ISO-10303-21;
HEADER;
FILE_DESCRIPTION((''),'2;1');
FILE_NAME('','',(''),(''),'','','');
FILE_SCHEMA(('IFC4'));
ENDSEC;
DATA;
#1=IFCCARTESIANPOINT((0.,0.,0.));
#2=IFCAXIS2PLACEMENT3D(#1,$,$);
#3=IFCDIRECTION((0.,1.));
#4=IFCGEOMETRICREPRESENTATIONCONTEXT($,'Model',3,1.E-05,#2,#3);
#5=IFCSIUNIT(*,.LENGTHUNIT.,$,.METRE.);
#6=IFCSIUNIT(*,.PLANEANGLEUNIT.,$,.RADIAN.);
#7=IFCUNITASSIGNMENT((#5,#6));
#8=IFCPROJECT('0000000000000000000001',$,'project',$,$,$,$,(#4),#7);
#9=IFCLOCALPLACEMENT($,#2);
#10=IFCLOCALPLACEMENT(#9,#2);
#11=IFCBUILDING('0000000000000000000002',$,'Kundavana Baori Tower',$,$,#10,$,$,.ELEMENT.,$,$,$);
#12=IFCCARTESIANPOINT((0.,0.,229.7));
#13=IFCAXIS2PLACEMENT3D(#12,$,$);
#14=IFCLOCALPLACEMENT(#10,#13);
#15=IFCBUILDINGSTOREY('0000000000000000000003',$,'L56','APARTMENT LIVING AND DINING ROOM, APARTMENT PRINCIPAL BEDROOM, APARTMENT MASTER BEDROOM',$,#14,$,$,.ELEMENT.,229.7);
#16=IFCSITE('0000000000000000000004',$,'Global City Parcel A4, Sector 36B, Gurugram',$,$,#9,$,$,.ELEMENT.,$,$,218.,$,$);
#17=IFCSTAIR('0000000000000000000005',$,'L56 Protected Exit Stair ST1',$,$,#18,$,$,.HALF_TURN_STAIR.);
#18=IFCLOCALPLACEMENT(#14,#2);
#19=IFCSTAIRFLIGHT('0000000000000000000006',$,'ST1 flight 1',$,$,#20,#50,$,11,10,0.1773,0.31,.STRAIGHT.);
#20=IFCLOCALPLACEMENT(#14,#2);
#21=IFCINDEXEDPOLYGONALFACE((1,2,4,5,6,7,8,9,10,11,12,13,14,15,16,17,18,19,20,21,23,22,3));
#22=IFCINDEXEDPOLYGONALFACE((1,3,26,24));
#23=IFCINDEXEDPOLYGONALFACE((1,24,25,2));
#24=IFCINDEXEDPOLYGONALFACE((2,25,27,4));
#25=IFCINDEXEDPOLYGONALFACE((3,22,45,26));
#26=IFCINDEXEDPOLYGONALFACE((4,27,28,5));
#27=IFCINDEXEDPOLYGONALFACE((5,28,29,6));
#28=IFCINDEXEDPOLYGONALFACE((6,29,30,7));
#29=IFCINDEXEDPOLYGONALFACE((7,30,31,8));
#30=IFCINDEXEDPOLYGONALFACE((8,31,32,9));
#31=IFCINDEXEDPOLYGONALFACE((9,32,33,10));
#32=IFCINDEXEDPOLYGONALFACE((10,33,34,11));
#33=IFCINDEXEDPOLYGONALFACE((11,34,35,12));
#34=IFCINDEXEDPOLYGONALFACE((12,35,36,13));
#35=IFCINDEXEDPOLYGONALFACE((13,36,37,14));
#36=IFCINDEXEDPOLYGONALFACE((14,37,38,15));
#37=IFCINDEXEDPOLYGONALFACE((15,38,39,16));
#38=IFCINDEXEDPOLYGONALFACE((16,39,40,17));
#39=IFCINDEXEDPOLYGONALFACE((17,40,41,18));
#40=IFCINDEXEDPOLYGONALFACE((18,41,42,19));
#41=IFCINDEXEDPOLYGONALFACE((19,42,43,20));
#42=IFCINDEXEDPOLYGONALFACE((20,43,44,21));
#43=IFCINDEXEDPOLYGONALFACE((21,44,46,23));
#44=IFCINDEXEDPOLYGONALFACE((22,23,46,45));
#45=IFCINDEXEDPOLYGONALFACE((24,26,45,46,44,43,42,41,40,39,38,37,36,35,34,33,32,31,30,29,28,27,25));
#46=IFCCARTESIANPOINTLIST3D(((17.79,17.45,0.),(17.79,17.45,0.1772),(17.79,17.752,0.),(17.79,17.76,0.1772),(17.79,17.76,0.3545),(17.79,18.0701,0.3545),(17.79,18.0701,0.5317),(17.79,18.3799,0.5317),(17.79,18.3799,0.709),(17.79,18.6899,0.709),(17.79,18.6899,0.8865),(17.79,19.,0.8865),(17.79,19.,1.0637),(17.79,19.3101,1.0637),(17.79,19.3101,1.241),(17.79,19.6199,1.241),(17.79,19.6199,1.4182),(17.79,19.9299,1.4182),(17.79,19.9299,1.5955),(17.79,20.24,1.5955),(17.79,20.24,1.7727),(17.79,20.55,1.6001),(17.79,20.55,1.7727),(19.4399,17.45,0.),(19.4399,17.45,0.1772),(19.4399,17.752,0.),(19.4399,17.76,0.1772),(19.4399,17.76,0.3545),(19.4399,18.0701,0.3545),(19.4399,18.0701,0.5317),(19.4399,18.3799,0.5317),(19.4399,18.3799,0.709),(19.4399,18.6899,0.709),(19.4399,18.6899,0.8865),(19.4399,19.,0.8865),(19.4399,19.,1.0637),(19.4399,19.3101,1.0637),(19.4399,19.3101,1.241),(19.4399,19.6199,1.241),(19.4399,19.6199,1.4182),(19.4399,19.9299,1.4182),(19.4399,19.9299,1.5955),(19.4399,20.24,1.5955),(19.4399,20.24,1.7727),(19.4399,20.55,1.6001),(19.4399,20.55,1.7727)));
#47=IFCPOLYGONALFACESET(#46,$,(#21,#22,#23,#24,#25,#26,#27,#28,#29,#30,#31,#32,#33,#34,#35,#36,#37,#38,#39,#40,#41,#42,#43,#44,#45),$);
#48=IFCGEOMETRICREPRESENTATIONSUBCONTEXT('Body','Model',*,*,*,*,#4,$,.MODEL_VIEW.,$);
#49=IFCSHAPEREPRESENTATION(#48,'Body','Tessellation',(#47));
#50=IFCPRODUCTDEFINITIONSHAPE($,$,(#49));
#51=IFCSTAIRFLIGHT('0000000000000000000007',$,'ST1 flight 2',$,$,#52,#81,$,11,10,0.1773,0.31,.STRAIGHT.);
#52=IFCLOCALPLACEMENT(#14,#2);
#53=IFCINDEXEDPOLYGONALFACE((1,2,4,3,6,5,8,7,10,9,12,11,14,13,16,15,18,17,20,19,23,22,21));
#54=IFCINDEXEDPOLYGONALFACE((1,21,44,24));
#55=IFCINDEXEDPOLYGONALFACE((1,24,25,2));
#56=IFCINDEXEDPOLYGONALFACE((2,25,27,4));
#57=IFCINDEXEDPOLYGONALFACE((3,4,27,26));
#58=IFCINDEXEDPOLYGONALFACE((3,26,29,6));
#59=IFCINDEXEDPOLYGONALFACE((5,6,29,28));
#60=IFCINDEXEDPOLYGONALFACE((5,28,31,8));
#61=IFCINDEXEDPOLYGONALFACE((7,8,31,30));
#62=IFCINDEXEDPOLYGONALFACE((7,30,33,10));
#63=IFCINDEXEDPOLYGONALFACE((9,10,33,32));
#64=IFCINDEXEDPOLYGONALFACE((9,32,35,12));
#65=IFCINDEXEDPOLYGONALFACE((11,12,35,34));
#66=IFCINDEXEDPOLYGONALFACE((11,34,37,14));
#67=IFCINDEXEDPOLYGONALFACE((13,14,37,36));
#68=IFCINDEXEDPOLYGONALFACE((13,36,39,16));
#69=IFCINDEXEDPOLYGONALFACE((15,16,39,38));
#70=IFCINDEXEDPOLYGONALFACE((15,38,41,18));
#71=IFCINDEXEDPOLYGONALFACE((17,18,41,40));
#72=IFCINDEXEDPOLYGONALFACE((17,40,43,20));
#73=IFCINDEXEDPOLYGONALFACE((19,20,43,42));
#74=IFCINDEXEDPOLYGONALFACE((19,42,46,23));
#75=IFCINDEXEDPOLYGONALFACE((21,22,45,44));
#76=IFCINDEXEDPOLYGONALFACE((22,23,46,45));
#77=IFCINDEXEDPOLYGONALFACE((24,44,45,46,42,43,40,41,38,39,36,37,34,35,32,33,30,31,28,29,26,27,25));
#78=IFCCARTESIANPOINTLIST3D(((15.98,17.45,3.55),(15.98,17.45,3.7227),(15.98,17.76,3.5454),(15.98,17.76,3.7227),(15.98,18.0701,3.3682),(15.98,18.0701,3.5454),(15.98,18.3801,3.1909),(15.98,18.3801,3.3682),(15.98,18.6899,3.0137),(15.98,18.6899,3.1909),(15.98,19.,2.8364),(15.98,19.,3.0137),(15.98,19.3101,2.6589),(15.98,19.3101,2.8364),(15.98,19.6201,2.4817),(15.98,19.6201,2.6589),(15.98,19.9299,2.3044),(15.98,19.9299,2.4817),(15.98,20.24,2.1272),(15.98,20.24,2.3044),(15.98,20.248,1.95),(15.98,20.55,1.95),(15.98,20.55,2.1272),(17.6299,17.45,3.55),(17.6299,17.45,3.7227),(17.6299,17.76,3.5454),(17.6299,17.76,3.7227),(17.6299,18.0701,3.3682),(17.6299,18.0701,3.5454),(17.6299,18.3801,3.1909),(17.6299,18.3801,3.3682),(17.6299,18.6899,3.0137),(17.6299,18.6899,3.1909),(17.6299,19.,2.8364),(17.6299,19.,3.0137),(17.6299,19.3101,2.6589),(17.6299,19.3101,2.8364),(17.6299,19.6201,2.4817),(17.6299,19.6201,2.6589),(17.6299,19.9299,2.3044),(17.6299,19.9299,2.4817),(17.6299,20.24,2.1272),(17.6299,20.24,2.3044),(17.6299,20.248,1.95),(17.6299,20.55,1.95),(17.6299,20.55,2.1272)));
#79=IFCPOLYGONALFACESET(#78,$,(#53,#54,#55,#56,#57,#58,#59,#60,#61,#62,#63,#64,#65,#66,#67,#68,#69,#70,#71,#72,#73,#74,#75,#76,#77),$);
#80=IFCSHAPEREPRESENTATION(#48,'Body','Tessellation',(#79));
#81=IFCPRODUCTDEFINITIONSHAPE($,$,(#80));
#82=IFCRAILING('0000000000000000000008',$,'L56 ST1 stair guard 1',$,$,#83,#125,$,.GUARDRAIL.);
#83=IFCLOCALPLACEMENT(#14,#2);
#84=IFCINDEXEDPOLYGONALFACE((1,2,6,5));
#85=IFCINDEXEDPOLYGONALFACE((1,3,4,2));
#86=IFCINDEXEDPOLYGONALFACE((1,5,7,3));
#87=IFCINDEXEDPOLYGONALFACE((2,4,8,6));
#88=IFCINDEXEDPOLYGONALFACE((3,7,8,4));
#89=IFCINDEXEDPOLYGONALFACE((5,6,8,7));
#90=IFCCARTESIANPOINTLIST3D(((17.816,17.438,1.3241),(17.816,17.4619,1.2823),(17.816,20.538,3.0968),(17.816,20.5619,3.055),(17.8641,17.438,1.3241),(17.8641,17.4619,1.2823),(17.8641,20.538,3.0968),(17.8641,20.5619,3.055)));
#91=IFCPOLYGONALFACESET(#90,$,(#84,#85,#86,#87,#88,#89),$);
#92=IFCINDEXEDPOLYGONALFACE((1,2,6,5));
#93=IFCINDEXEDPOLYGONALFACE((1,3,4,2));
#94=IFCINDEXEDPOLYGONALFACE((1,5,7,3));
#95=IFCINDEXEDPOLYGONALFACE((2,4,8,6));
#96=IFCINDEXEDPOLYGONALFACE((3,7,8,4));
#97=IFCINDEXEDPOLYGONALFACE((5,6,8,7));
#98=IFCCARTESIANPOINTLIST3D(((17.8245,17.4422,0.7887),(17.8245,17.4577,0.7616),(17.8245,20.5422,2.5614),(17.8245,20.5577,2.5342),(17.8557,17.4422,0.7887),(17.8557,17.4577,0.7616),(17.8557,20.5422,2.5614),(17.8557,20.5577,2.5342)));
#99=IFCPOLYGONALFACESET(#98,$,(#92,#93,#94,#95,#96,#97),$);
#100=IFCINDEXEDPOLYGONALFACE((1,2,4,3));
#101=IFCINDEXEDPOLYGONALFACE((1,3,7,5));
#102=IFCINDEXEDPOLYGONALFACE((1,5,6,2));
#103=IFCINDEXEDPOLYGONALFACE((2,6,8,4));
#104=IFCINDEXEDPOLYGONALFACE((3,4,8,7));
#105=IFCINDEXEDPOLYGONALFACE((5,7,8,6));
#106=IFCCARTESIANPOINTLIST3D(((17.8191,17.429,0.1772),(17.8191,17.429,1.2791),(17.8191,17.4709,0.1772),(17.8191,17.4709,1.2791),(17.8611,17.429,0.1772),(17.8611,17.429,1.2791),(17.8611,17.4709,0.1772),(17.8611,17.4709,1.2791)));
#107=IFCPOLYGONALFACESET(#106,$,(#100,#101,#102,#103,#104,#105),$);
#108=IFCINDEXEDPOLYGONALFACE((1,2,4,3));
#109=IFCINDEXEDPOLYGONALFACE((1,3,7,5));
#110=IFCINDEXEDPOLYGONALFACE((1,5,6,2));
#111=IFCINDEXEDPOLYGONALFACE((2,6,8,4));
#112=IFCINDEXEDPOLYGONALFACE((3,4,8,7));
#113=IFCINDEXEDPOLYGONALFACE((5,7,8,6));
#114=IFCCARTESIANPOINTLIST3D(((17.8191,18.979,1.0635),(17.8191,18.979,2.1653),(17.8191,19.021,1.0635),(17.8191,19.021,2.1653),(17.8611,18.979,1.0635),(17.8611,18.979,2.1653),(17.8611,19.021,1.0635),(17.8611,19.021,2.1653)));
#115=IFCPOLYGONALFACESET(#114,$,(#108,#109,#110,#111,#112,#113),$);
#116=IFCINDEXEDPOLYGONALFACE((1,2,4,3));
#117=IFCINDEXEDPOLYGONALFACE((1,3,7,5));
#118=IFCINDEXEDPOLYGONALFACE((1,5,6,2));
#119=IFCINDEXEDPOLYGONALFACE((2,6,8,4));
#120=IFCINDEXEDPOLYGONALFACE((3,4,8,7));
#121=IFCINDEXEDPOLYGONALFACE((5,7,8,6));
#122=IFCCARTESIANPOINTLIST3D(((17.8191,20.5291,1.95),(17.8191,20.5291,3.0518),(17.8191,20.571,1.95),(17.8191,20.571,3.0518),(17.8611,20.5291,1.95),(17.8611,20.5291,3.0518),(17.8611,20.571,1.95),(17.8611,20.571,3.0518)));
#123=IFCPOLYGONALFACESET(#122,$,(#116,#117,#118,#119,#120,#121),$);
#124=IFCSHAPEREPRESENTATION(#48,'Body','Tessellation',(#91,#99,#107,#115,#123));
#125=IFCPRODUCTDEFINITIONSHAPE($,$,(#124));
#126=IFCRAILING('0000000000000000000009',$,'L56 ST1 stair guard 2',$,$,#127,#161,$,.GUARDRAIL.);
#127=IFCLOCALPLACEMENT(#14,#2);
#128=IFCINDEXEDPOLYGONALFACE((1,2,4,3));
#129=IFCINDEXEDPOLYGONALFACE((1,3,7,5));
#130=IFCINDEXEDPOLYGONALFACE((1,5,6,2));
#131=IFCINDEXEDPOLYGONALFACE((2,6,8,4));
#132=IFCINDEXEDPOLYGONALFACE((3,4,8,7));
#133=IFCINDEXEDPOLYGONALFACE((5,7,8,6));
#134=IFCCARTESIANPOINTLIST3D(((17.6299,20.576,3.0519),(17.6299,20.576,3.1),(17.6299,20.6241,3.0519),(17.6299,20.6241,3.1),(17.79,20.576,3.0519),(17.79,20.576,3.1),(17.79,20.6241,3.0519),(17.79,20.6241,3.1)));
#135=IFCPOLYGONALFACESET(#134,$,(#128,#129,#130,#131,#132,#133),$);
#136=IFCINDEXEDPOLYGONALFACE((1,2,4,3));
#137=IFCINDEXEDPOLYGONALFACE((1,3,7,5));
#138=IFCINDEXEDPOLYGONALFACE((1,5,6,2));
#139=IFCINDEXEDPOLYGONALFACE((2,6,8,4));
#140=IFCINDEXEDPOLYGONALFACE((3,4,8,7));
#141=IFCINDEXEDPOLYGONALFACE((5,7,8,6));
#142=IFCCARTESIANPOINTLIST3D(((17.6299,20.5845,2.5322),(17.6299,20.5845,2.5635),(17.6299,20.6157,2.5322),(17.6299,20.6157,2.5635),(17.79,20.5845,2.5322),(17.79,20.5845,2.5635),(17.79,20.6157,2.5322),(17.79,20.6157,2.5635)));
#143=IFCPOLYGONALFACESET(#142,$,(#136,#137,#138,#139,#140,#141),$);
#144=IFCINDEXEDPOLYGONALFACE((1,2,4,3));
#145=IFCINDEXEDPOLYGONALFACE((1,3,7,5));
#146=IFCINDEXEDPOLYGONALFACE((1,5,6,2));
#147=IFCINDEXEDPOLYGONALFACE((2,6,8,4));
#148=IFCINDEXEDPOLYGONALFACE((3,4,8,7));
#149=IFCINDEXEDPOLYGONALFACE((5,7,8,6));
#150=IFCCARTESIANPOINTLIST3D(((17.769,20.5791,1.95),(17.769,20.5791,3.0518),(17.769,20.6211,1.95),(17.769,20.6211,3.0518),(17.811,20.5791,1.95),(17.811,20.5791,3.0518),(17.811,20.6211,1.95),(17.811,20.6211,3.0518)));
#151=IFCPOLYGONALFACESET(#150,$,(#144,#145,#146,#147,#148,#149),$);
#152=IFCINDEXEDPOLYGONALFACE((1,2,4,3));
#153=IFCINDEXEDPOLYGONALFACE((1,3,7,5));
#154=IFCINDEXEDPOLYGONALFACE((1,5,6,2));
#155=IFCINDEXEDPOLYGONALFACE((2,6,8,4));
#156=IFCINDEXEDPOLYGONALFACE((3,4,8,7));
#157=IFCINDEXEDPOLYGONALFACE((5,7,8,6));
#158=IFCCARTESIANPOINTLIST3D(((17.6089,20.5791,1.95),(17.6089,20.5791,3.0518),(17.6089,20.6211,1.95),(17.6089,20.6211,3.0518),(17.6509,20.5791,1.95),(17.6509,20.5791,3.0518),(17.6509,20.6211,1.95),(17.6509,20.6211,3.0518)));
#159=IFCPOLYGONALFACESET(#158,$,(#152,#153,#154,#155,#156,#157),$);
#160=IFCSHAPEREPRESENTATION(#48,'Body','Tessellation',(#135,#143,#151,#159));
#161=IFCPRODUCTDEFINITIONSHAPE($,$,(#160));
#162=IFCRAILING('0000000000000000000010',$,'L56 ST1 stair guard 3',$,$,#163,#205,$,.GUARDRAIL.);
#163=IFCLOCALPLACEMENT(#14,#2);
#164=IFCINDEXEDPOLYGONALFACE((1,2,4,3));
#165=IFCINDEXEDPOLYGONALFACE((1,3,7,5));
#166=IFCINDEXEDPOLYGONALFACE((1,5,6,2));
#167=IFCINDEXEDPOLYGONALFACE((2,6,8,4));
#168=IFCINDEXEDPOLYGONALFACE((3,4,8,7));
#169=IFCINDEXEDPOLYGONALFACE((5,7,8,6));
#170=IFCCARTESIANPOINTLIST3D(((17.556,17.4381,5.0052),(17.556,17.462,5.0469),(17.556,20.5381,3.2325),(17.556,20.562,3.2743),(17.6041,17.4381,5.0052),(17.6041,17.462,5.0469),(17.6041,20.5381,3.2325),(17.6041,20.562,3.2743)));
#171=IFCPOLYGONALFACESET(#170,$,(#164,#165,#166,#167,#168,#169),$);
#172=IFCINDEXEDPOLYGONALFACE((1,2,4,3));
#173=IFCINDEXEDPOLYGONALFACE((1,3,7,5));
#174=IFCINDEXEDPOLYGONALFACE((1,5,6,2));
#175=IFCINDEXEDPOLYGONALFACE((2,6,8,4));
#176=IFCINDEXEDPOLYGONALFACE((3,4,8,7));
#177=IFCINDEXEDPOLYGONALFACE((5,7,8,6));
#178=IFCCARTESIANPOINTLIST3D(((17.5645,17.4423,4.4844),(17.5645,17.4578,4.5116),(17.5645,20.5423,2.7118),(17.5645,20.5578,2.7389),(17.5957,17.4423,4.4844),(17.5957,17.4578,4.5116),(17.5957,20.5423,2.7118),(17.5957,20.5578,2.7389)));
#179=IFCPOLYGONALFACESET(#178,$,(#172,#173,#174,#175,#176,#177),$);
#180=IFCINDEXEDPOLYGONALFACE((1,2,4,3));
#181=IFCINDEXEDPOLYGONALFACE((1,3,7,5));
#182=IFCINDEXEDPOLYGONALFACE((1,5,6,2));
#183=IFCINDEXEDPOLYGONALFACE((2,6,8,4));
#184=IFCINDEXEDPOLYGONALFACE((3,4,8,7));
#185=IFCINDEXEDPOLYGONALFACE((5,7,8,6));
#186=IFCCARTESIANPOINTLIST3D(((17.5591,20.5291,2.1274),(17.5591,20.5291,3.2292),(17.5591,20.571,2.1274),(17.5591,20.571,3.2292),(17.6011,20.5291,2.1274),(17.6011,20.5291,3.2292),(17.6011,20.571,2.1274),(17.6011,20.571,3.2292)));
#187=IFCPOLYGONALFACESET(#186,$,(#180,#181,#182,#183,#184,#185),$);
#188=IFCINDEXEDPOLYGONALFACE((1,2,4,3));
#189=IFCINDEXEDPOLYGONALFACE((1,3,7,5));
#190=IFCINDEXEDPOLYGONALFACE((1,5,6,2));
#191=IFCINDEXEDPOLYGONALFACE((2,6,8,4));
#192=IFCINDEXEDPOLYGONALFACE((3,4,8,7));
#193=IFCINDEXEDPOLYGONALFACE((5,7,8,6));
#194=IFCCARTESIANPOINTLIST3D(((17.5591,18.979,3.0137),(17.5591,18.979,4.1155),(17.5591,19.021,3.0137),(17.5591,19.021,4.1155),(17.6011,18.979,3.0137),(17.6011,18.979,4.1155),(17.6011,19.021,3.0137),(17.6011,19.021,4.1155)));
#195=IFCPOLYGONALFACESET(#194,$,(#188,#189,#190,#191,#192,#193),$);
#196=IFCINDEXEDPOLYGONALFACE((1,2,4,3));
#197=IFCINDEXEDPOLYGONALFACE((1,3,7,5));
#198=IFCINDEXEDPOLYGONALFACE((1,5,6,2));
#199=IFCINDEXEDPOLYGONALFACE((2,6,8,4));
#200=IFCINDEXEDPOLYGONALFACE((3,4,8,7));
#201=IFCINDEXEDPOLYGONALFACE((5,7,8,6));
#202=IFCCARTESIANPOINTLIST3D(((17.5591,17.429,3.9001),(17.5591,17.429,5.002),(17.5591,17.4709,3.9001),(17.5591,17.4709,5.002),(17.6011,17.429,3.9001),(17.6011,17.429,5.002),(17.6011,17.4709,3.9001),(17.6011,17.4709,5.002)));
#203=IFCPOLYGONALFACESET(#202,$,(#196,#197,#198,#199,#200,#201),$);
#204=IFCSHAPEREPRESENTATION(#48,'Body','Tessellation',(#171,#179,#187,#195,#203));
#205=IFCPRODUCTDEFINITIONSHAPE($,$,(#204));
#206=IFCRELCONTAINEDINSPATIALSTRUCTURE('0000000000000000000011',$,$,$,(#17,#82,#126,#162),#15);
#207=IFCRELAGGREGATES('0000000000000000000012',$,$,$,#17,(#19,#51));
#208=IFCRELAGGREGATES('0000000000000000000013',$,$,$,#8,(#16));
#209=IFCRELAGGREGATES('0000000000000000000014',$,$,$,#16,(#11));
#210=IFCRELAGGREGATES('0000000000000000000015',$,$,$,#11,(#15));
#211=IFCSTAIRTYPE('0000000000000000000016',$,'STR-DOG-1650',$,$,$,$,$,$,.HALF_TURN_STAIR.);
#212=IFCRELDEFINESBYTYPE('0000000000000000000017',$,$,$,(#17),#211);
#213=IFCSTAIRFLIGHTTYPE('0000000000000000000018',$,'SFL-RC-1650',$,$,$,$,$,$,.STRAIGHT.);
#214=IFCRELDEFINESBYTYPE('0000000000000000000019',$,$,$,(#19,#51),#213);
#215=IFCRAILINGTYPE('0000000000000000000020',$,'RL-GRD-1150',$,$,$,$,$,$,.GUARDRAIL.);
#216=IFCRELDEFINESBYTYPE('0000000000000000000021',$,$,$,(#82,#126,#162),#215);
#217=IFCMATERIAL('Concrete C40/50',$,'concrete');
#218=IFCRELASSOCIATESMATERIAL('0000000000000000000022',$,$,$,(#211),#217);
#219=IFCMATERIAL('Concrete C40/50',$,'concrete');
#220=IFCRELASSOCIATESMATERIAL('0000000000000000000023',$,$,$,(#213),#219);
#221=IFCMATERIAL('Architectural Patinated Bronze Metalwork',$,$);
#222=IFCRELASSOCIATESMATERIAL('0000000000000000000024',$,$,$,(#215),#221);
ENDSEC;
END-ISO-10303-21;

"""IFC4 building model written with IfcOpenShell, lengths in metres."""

from ifc_helpers import new_model, si_unit, direction, frame, origin, origin_2d, place, context, subcontext, project, spatial, polyline, rectangle, outline, extrude, material, type_object, element, aggregate, save


model = new_model("IFC4")

# Units and contexts
model_context = context("Model", 3, precision=1e-05, world=origin(), true_north=direction((0.0, 1.0)))
body_context = subcontext(model_context, "Body", "Model", "MODEL_VIEW")
ifc_project = project(units=[si_unit("LENGTHUNIT", "METRE"), si_unit("PLANEANGLEUNIT", "RADIAN")], contexts=[model_context])

# Site, building, storey
site_placement = place(None, origin())
site = spatial("IfcSite", under=ifc_project, at=site_placement, Name="Global City Parcel A4, Sector 36B, Gurugram", CompositionType="ELEMENT", RefElevation=218.0)
building_placement = place(site_placement, origin())
building = spatial("IfcBuilding", under=site, at=building_placement, Name="Kundavana Baori Tower", CompositionType="ELEMENT")
storey_placement = place(building_placement, frame((0.0, 0.0, 229.7)))
storey = spatial("IfcBuildingStorey", under=building, at=storey_placement, Name="L56", Description="APARTMENT LIVING AND DINING ROOM, APARTMENT PRINCIPAL BEDROOM, APARTMENT MASTER BEDROOM", CompositionType="ELEMENT", Elevation=229.7)

# Stair, stair flights
ifc_material_1 = material(Name="Concrete C40/50", Category="concrete")
stair_type = type_object("IfcStairType", Name="STR-DOG-1650", PredefinedType="HALF_TURN_STAIR", material=ifc_material_1)
stair_placement = place(storey_placement, origin())
stair = element("IfcStair", 1, at=stair_placement, inside=storey, type_object=stair_type, Name="L56 Protected Exit Stair ST1", PredefinedType="HALF_TURN_STAIR")
ifc_material_2 = material(Name="Concrete C40/50", Category="concrete")
stair_flight_type = type_object("IfcStairFlightType", Name="SFL-RC-1650", PredefinedType="STRAIGHT", material=ifc_material_2)
stair_flight_1_placement = place(storey_placement, frame((18.615, 17.45, 0.0), z_axis=(0.0, 0.0, 1.0), x_axis=(0.0, 1.0, 0.0)))
stair_flight_1 = element("IfcStairFlight", 2, at=stair_flight_1_placement, type_object=stair_flight_type, Name="ST1 flight 1", NumberOfRisers=11, NumberOfTreads=10, PredefinedType="STRAIGHT", RiserHeight=0.1773, TreadLength=0.31, context=body_context, shape_type="SweptSolid", body=[
    extrude(outline(polyline([(0.0, 0.0), (0.0, 0.1772), (0.3101, 0.1772), (0.3101, 0.3545), (0.6201, 0.3545), (0.6201, 0.5317), (0.9299, 0.5317), (0.9299, 0.709), (1.24, 0.709), (1.24, 0.8865), (1.55, 0.8865), (1.55, 1.0637), (1.8601, 1.0637), (1.8601, 1.241), (2.1699, 1.241), (2.1699, 1.4182), (2.48, 1.4182), (2.48, 1.5955), (2.79, 1.5955), (2.79, 1.7727), (3.1001, 1.7727), (3.1001, 1.95), (3.1001, 1.6001), (0.302, 0.0), (0.0, 0.0)])), frame((0.0, 0.825, 0.0), z_axis=(0.0, -1.0, 0.0), x_axis=(1.0, 0.0, 0.0)), (0.0, 0.0, 1.0), 1.6499),
])
stair_flight_2_placement = place(storey_placement, frame((16.8049, 20.55, 1.95), z_axis=(0.0, 0.0, 1.0), x_axis=(0.0, -1.0, 0.0)))
stair_flight_2 = element("IfcStairFlight", 3, at=stair_flight_2_placement, type_object=stair_flight_type, Name="ST1 flight 2", NumberOfRisers=11, NumberOfTreads=10, PredefinedType="STRAIGHT", RiserHeight=0.1773, TreadLength=0.31, context=body_context, shape_type="SweptSolid", body=[
    extrude(outline(polyline([(0.0, 0.0), (0.0, 0.1772), (0.3101, 0.1772), (0.3101, 0.3545), (0.6201, 0.3545), (0.6201, 0.5317), (0.9299, 0.5317), (0.9299, 0.709), (1.24, 0.709), (1.24, 0.8865), (1.55, 0.8865), (1.55, 1.0637), (1.8601, 1.0637), (1.8601, 1.241), (2.1699, 1.241), (2.1699, 1.4182), (2.48, 1.4182), (2.48, 1.5955), (2.79, 1.5955), (2.79, 1.7727), (3.1001, 1.7727), (3.1001, 1.95), (3.1001, 1.6001), (0.302, 0.0), (0.0, 0.0)])), frame((0.0, 0.825, 0.0), z_axis=(0.0, -1.0, 0.0), x_axis=(1.0, 0.0, 0.0)), (0.0, 0.0, 1.0), 1.6499),
])
aggregate(stair, [stair_flight_1, stair_flight_2])

# Railings
ifc_material_3 = material(Name="Architectural Patinated Bronze Metalwork")
railing_type_1 = type_object("IfcRailingType", Name="RL-GRD-1150", PredefinedType="GUARDRAIL", material=ifc_material_3)
railing_1_placement = place(storey_placement, frame((17.8401, 17.45, 0.1772)))
element("IfcRailing", 4, at=railing_1_placement, inside=storey, type_object=railing_type_1, Name="L56 ST1 stair guard 1", PredefinedType="GUARDRAIL", context=body_context, shape_type="SweptSolid", body=[
    extrude(rectangle(XDim=0.0481, YDim=0.0481, at=origin_2d()), frame((0.0, 0.0, 1.126), z_axis=(0.0, 0.868096, 0.496397), x_axis=(-1.0, 0.0, 0.0)), (0.0, 0.0, 1.0), 3.571),
    extrude(rectangle(XDim=0.0312, YDim=0.0312, at=origin_2d()), frame((0.0, 0.0, 0.5979), z_axis=(0.0, 0.868096, 0.496397), x_axis=(-1.0, 0.0, 0.0)), (0.0, 0.0, 1.0), 3.571),
    extrude(rectangle(XDim=0.042, YDim=0.042, at=origin_2d()), origin(), (0.0, 0.0, 1.0), 1.1018),
    extrude(rectangle(XDim=0.042, YDim=0.042, at=origin_2d()), frame((0.0, 1.55, 0.8862)), (0.0, 0.0, 1.0), 1.1018),
    extrude(rectangle(XDim=0.042, YDim=0.042, at=origin_2d()), frame((0.0, 3.1001, 1.7727)), (0.0, 0.0, 1.0), 1.1018),
])
railing_2_placement = place(storey_placement, frame((17.79, 20.6001, 1.95)))
element("IfcRailing", 5, at=railing_2_placement, inside=storey, type_object=railing_type_1, Name="L56 ST1 stair guard 2", PredefinedType="GUARDRAIL", context=body_context, shape_type="SweptSolid", body=[
    extrude(rectangle(XDim=0.0481, YDim=0.0481, at=origin_2d()), frame((0.0, 0.0, 1.126), z_axis=(-1.0, 0.0, 0.0), x_axis=(0.0, -1.0, 0.0)), (0.0, 0.0, 1.0), 0.1602),
    extrude(rectangle(XDim=0.0312, YDim=0.0312, at=origin_2d()), frame((0.0, 0.0, 0.5979), z_axis=(-1.0, 0.0, 0.0), x_axis=(0.0, -1.0, 0.0)), (0.0, 0.0, 1.0), 0.1602),
    extrude(rectangle(XDim=0.042, YDim=0.042, at=origin_2d()), origin(), (0.0, 0.0, 1.0), 1.1018),
    extrude(rectangle(XDim=0.042, YDim=0.042, at=origin_2d()), frame((-0.1602, 0.0, 0.0)), (0.0, 0.0, 1.0), 1.1018),
])
railing_3_placement = place(storey_placement, frame((17.5801, 20.55, 2.1274)))
element("IfcRailing", 6, at=railing_3_placement, inside=storey, type_object=railing_type_1, Name="L56 ST1 stair guard 3", PredefinedType="GUARDRAIL", context=body_context, shape_type="SweptSolid", body=[
    extrude(rectangle(XDim=0.0481, YDim=0.0481, at=origin_2d()), frame((0.0, 0.0, 1.126), z_axis=(0.0, -0.868096, 0.496397), x_axis=(1.0, 0.0, 0.0)), (0.0, 0.0, 1.0), 3.571),
    extrude(rectangle(XDim=0.0312, YDim=0.0312, at=origin_2d()), frame((0.0, 0.0, 0.5979), z_axis=(0.0, -0.868096, 0.496397), x_axis=(1.0, 0.0, 0.0)), (0.0, 0.0, 1.0), 3.571),
    extrude(rectangle(XDim=0.042, YDim=0.042, at=origin_2d()), origin(), (0.0, 0.0, 1.0), 1.1018),
    extrude(rectangle(XDim=0.042, YDim=0.042, at=origin_2d()), frame((0.0, -1.55, 0.8862)), (0.0, 0.0, 1.0), 1.1018),
    extrude(rectangle(XDim=0.042, YDim=0.042, at=origin_2d()), frame((0.0, -3.1001, 1.7727)), (0.0, 0.0, 1.0), 1.1018),
])

save(model, "model.ifc")
